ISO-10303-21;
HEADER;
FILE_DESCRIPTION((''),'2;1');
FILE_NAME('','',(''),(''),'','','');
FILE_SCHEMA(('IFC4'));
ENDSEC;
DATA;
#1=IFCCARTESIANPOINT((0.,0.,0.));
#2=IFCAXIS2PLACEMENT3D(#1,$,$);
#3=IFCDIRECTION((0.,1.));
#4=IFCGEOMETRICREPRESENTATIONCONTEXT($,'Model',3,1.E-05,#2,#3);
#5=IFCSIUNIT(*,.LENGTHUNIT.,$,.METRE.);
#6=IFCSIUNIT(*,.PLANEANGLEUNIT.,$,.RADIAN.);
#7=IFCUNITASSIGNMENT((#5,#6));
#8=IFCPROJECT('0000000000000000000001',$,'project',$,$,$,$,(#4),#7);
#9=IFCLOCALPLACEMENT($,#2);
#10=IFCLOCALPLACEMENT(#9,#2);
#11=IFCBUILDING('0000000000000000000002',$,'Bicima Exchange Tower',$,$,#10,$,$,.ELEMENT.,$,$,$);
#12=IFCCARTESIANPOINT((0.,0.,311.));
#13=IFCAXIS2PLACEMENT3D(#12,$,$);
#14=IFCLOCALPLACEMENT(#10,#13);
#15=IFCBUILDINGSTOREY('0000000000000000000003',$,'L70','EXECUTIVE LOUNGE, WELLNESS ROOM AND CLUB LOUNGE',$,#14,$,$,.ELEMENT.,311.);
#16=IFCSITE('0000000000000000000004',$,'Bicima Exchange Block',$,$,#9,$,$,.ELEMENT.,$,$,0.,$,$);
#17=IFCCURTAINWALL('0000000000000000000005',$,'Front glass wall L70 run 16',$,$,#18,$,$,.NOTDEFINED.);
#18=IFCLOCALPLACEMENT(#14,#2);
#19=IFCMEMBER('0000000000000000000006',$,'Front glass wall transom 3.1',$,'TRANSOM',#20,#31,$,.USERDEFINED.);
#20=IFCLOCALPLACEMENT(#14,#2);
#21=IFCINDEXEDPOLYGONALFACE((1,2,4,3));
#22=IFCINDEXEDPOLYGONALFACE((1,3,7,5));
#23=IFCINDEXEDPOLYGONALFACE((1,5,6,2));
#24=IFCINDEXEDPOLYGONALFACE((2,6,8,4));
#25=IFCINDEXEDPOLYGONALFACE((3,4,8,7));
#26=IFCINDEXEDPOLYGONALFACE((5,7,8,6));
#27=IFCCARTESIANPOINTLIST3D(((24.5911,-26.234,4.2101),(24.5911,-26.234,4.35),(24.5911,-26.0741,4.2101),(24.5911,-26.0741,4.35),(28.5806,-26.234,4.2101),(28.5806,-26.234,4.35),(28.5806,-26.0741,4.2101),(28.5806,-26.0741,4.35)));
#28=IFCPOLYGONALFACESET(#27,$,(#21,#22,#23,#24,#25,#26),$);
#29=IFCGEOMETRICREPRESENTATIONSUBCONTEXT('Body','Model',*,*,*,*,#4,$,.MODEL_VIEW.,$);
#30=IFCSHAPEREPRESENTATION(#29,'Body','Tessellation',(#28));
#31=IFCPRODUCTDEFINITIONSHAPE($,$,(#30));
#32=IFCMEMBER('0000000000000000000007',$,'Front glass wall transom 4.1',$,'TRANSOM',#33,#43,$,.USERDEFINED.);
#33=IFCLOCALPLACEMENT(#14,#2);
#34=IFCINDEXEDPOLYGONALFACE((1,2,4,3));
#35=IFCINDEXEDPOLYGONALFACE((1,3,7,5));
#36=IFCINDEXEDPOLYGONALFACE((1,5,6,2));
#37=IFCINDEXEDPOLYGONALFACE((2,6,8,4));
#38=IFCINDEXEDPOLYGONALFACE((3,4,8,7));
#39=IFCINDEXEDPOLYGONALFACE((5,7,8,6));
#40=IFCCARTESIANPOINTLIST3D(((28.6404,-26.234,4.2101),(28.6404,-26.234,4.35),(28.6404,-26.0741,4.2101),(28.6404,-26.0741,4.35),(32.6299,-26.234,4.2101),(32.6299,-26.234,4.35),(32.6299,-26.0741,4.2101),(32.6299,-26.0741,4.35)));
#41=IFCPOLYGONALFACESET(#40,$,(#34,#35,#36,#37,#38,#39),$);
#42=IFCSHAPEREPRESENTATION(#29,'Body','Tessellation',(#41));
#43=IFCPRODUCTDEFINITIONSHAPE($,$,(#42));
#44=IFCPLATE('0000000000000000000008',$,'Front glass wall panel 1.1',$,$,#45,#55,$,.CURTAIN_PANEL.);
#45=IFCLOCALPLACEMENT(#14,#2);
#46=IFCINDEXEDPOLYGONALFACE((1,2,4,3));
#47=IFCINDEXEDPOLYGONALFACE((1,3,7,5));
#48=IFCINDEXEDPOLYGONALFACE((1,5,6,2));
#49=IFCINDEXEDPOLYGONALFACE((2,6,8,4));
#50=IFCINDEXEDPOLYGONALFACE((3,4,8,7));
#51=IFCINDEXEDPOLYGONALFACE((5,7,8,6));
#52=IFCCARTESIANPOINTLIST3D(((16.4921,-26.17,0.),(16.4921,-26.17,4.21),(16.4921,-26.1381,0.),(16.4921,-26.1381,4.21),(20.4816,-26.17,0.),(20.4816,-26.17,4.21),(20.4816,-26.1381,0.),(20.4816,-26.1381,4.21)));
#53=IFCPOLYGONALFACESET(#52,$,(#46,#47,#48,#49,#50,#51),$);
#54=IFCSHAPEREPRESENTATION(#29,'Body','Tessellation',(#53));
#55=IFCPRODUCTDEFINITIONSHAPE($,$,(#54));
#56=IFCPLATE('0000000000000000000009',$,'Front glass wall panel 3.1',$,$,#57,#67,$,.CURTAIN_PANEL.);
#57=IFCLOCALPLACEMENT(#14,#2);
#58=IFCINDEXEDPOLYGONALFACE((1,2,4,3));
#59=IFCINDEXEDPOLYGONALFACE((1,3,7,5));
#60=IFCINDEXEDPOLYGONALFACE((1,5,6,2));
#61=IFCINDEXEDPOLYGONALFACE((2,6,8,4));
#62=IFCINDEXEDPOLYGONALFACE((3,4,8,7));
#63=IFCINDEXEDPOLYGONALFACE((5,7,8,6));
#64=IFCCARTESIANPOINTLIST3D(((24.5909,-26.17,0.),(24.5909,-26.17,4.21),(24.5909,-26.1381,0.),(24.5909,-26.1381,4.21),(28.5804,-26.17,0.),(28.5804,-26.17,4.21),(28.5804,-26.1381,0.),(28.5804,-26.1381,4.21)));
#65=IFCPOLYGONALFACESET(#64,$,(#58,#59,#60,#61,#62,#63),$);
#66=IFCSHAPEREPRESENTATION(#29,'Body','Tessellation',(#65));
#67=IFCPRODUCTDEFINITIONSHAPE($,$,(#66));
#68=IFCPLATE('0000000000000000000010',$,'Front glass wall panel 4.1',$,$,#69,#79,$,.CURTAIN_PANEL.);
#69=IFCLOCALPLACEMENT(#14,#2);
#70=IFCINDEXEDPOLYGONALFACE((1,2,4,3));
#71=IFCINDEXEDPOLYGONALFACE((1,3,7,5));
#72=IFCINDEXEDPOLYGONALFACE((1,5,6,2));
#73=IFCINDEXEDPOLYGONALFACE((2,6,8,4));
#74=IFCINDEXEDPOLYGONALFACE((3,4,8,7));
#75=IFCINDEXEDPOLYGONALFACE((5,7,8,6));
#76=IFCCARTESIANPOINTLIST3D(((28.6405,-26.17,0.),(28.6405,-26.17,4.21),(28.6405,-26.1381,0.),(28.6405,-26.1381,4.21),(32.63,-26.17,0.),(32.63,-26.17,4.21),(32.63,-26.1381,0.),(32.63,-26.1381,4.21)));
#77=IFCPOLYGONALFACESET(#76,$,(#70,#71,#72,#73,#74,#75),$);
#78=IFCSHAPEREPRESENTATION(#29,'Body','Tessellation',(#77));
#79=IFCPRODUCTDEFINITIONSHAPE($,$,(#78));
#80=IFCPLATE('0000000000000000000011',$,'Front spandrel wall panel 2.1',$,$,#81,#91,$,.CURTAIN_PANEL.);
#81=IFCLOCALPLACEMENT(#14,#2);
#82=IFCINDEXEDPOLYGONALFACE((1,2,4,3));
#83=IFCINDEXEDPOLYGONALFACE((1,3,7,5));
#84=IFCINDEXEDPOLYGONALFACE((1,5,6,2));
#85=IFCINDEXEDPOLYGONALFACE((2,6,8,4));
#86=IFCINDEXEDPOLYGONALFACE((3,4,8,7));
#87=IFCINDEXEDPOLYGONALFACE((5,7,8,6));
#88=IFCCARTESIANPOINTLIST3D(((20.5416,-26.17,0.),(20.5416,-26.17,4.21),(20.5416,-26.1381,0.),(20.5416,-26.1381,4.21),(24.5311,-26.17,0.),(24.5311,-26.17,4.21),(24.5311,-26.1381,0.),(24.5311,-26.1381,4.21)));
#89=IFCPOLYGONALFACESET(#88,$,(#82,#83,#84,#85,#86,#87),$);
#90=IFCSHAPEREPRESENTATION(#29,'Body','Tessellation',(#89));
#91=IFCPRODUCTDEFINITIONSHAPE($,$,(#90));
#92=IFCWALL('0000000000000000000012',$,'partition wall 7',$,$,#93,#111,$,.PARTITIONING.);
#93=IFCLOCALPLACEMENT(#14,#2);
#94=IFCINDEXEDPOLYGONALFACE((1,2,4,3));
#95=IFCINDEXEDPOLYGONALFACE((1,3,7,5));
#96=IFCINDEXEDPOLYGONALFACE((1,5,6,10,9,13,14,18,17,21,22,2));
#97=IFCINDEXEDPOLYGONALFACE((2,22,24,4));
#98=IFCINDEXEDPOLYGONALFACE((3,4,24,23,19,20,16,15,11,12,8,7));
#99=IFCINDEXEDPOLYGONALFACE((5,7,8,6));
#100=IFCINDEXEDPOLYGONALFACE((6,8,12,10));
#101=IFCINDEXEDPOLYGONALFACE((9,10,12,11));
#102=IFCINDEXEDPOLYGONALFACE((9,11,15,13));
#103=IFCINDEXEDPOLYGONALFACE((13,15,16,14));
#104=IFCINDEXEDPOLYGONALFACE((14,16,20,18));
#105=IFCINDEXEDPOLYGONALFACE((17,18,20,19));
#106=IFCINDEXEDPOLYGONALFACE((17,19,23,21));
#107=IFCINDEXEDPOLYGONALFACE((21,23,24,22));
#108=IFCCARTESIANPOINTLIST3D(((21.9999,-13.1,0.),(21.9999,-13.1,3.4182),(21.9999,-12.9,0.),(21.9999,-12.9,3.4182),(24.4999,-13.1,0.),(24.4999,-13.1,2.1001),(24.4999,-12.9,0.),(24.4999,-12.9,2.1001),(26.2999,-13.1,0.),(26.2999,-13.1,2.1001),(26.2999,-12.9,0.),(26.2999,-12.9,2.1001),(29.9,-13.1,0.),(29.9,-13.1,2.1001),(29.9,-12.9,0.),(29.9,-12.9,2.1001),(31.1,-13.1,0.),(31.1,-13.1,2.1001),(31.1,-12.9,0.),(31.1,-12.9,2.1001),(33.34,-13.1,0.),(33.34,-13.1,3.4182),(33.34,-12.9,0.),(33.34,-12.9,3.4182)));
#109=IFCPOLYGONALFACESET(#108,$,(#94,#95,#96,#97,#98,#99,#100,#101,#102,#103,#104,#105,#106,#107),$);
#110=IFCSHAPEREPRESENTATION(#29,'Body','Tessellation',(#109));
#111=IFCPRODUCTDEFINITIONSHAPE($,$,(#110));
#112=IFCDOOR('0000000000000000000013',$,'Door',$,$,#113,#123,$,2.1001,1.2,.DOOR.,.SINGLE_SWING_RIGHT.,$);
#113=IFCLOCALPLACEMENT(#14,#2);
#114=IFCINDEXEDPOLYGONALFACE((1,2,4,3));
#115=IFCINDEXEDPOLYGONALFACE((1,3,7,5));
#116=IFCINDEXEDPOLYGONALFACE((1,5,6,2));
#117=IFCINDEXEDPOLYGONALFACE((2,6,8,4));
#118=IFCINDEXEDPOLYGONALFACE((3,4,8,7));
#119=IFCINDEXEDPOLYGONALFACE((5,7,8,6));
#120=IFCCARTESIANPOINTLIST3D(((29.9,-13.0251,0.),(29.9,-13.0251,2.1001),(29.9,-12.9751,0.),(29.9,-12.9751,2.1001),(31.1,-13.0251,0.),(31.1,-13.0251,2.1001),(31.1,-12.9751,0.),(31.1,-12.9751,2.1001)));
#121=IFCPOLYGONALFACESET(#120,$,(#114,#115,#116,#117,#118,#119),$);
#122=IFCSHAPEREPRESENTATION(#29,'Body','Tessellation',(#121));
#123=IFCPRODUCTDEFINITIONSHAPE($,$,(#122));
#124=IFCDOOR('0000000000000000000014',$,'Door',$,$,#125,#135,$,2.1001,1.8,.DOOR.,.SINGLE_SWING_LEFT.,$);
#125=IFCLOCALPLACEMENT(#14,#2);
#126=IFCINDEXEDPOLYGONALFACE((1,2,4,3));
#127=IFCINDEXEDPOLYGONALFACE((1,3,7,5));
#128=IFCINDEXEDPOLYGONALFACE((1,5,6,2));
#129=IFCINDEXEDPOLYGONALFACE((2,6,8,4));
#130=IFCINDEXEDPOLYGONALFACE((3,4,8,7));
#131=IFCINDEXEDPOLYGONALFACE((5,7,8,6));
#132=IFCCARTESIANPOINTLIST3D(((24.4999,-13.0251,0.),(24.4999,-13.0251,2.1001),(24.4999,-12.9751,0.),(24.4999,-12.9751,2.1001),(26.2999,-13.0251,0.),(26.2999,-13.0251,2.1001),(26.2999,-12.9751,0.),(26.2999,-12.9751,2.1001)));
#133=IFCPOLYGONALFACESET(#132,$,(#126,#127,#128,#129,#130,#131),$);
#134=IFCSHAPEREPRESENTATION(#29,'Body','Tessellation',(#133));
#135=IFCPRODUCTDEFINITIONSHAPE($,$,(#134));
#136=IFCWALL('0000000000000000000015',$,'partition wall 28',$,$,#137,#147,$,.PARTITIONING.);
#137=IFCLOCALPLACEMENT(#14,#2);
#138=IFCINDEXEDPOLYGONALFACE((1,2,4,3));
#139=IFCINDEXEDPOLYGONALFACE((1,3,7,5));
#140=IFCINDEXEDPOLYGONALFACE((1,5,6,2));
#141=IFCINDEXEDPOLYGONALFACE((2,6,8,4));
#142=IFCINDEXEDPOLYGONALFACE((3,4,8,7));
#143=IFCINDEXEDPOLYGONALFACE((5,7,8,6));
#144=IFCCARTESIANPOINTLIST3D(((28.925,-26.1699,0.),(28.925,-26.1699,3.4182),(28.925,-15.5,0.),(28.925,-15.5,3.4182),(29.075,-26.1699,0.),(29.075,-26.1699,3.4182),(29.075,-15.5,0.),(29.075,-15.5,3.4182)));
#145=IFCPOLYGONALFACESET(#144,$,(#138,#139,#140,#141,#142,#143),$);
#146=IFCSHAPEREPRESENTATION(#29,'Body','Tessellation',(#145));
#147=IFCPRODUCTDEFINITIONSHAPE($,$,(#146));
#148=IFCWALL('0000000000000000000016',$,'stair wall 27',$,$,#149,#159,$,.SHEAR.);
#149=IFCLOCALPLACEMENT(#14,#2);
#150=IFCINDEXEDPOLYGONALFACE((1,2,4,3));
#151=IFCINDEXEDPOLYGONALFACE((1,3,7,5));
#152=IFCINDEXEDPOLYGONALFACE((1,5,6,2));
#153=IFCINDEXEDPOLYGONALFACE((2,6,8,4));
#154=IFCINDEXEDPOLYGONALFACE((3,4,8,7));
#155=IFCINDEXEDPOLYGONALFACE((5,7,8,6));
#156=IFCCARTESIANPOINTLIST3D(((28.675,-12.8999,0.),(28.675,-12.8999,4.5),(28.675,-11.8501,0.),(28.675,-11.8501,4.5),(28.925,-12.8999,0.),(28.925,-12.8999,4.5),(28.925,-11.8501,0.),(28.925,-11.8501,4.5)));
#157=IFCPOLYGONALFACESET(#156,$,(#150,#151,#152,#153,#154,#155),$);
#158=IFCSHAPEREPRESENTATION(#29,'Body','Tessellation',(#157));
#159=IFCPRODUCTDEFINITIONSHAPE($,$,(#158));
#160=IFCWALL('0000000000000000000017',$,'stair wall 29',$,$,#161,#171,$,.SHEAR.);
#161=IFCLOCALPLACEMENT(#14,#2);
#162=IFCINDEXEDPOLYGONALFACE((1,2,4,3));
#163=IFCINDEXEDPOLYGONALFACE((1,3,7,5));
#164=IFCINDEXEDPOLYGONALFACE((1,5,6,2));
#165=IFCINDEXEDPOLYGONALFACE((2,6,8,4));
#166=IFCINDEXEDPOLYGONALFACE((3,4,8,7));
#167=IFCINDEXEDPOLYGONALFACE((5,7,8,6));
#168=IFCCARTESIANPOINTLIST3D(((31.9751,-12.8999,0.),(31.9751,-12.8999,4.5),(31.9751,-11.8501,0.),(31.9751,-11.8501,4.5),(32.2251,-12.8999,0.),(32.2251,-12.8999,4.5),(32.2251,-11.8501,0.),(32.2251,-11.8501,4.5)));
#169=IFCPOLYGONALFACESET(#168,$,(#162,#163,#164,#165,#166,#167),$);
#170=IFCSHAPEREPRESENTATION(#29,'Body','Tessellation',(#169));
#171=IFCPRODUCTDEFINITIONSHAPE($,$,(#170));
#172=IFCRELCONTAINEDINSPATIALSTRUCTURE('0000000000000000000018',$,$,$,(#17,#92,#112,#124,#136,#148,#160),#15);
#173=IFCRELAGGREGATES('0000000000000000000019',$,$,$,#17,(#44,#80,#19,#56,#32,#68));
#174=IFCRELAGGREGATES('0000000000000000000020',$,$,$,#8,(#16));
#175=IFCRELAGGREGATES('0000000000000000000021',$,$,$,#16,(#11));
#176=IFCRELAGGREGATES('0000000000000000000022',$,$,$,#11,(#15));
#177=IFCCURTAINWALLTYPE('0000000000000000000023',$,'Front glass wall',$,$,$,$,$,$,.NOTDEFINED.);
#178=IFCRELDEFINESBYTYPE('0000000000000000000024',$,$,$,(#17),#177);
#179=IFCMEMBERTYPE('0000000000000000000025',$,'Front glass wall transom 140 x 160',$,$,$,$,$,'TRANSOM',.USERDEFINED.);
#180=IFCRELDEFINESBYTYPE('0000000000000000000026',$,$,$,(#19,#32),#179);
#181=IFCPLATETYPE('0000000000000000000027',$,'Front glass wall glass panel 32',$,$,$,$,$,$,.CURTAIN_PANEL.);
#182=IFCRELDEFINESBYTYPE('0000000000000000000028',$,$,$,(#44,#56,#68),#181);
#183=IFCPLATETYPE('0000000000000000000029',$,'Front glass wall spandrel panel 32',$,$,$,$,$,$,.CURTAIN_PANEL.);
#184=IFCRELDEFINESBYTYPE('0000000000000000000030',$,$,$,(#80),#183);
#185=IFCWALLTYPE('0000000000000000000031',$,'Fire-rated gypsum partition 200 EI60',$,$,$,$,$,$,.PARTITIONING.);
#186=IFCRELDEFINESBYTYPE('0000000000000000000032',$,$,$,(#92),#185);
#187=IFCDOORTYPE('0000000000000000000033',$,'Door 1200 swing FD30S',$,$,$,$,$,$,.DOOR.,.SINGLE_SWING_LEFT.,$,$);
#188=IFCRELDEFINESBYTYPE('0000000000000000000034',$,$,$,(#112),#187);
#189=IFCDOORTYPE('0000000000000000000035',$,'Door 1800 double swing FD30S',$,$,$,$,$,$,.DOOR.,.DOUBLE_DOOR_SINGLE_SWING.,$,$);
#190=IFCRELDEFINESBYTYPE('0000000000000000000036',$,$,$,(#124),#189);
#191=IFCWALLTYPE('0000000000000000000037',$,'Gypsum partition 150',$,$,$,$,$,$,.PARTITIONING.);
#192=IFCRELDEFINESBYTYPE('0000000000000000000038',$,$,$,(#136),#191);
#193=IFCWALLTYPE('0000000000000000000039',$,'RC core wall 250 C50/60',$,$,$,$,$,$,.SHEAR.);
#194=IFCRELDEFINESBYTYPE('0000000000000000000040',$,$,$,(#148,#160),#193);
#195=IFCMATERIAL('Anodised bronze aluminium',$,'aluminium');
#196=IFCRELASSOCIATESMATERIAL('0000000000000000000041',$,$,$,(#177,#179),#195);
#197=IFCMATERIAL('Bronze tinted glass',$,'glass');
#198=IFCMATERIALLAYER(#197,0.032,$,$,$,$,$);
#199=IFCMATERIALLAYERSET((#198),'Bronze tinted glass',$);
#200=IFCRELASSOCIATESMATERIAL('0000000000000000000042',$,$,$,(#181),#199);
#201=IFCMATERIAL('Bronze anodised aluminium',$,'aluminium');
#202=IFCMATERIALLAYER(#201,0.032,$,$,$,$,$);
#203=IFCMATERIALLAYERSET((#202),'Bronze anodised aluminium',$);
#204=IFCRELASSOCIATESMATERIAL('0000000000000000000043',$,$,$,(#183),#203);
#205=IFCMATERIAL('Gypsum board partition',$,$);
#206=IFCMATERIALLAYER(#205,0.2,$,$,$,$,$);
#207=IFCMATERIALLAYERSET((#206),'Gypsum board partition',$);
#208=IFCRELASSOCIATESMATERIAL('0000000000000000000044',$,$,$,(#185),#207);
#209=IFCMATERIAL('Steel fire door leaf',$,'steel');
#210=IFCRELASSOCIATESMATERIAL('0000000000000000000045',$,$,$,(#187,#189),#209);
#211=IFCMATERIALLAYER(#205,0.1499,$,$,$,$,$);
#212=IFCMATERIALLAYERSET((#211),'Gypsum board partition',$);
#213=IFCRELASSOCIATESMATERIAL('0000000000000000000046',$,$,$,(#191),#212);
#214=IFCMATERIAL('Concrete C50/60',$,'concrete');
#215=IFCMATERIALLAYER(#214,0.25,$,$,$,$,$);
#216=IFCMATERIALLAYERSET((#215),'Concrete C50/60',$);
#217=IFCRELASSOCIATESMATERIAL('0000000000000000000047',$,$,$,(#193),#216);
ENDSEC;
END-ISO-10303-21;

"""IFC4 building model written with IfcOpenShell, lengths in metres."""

from ifc_helpers import new_model, si_unit, direction, frame, frame_2d, origin, origin_2d, place, context, subcontext, project, spatial, rectangle, extrude, material, layer, layer_set, material_profile, profile_set, type_object, element, fill, aggregate, save


model = new_model("IFC4")

# Units and contexts
model_context = context("Model", 3, precision=1e-05, world=origin(), true_north=direction((0.0, 1.0)))
body_context = subcontext(model_context, "Body", "Model", "MODEL_VIEW")
ifc_project = project(units=[si_unit("LENGTHUNIT", "METRE"), si_unit("PLANEANGLEUNIT", "RADIAN")], contexts=[model_context])

# Site, building, storey
site_placement = place(None, origin())
site = spatial("IfcSite", under=ifc_project, at=site_placement, Name="Bicima Exchange Block", CompositionType="ELEMENT", RefElevation=0.0)
building_placement = place(site_placement, origin())
building = spatial("IfcBuilding", under=site, at=building_placement, Name="Bicima Exchange Tower", CompositionType="ELEMENT")
storey_placement = place(building_placement, frame((0.0, 0.0, 311.0)))
storey = spatial("IfcBuildingStorey", under=building, at=storey_placement, Name="L70", Description="EXECUTIVE LOUNGE, WELLNESS ROOM AND CLUB LOUNGE", CompositionType="ELEMENT", Elevation=311.0)

# Curtain wall, members, plates
ifc_material_1 = material(Name="Anodised bronze aluminium", Category="aluminium")
curtain_wall_type = type_object("IfcCurtainWallType", Name="Front glass wall", PredefinedType="NOTDEFINED", material=ifc_material_1)
curtain_wall_placement = place(storey_placement, origin())
curtain_wall = element("IfcCurtainWall", 1, at=curtain_wall_placement, inside=storey, type_object=curtain_wall_type, Name="Front glass wall L70 run 16", PredefinedType="NOTDEFINED")
ifc_material_profile_1 = material_profile(ifc_material_1, rectangle(XDim=0.1599, YDim=0.1399, at=origin_2d()))
ifc_profile_set_1 = profile_set([ifc_material_profile_1], Name="Anodised bronze aluminium")
member_type_1 = type_object("IfcMemberType", Name="Front glass wall transom 140 x 160", ElementType="TRANSOM", PredefinedType="USERDEFINED", material=ifc_profile_set_1)
member_1_placement = place(storey_placement, frame((24.5911, -26.1541, 4.28), z_axis=(1.0, 0.0, 0.0), x_axis=(0.0, 1.0, 0.0)))
member_1 = element("IfcMember", 2, at=member_1_placement, type_object=member_type_1, Name="Front glass wall transom 3.1", ObjectType="TRANSOM", PredefinedType="USERDEFINED", context=body_context, shape_type="SweptSolid", body=[
    extrude(rectangle(XDim=0.1599, YDim=0.1399, at=origin_2d()), origin(), (0.0, 0.0, 1.0), 3.9895),
])
member_2_placement = place(storey_placement, frame((28.6404, -26.1541, 4.28), z_axis=(1.0, 0.0, 0.0), x_axis=(0.0, 1.0, 0.0)))
member_2 = element("IfcMember", 3, at=member_2_placement, type_object=member_type_1, Name="Front glass wall transom 4.1", ObjectType="TRANSOM", PredefinedType="USERDEFINED", context=body_context, shape_type="SweptSolid", body=[
    extrude(rectangle(XDim=0.1599, YDim=0.1399, at=origin_2d()), origin(), (0.0, 0.0, 1.0), 3.9895),
])
ifc_material_2 = material(Name="Bronze tinted glass", Category="glass")
ifc_layer_1 = layer(ifc_material_2, 0.032)
ifc_layer_set_1 = layer_set([ifc_layer_1], Name="Bronze tinted glass")
plate_type_1 = type_object("IfcPlateType", Name="Front glass wall glass panel 32", PredefinedType="CURTAIN_PANEL", material=ifc_layer_set_1)
plate_1_placement = place(storey_placement, frame((18.4868, -26.1541, 0.0), z_axis=(0.0, 0.0, 1.0), x_axis=(1.0, 0.0, 0.0)))
plate_1 = element("IfcPlate", 4, at=plate_1_placement, type_object=plate_type_1, Name="Front glass wall panel 1.1", PredefinedType="CURTAIN_PANEL", context=body_context, shape_type="SweptSolid", body=[
    extrude(rectangle(XDim=3.9895, YDim=0.032, at=origin_2d()), origin(), (0.0, 0.0, 1.0), 4.21),
])
plate_2_placement = place(storey_placement, frame((26.5857, -26.1541, 0.0), z_axis=(0.0, 0.0, 1.0), x_axis=(1.0, 0.0, 0.0)))
plate_2 = element("IfcPlate", 5, at=plate_2_placement, type_object=plate_type_1, Name="Front glass wall panel 3.1", PredefinedType="CURTAIN_PANEL", context=body_context, shape_type="SweptSolid", body=[
    extrude(rectangle(XDim=3.9895, YDim=0.032, at=origin_2d()), origin(), (0.0, 0.0, 1.0), 4.21),
])
plate_3_placement = place(storey_placement, frame((30.6353, -26.1541, 0.0), z_axis=(0.0, 0.0, 1.0), x_axis=(1.0, 0.0, 0.0)))
plate_3 = element("IfcPlate", 6, at=plate_3_placement, type_object=plate_type_1, Name="Front glass wall panel 4.1", PredefinedType="CURTAIN_PANEL", context=body_context, shape_type="SweptSolid", body=[
    extrude(rectangle(XDim=3.9895, YDim=0.032, at=origin_2d()), origin(), (0.0, 0.0, 1.0), 4.21),
])
ifc_material_3 = material(Name="Bronze anodised aluminium", Category="aluminium")
ifc_layer_2 = layer(ifc_material_3, 0.032)
ifc_layer_set_2 = layer_set([ifc_layer_2], Name="Bronze anodised aluminium")
plate_type_2 = type_object("IfcPlateType", Name="Front glass wall spandrel panel 32", PredefinedType="CURTAIN_PANEL", material=ifc_layer_set_2)
plate_4_placement = place(storey_placement, frame((22.5364, -26.1541, 0.0), z_axis=(0.0, 0.0, 1.0), x_axis=(1.0, 0.0, 0.0)))
plate_4 = element("IfcPlate", 7, at=plate_4_placement, type_object=plate_type_2, Name="Front spandrel wall panel 2.1", PredefinedType="CURTAIN_PANEL", context=body_context, shape_type="SweptSolid", body=[
    extrude(rectangle(XDim=3.9895, YDim=0.032, at=origin_2d()), origin(), (0.0, 0.0, 1.0), 4.21),
])
aggregate(curtain_wall, [plate_1, plate_4, member_1, plate_2, member_2, plate_3])

# Wall, openings, doors
ifc_material_4 = material(Name="Gypsum board partition")
ifc_layer_3 = layer(ifc_material_4, 0.2)
ifc_layer_set_3 = layer_set([ifc_layer_3], Name="Gypsum board partition")
wall_type_1 = type_object("IfcWallType", Name="Fire-rated gypsum partition 200 EI60", PredefinedType="PARTITIONING", material=ifc_layer_set_3)
wall_1_placement = place(storey_placement, frame((22.0, -13.0, 0.0), z_axis=(0.0, 0.0, 1.0), x_axis=(1.0, 0.0, 0.0)))
wall_1 = element("IfcWall", 8, at=wall_1_placement, inside=storey, type_object=wall_type_1, Name="partition wall 7", PredefinedType="PARTITIONING", context=body_context, shape_type="SweptSolid", body=[
    extrude(rectangle(XDim=11.3401, YDim=0.2, at=frame_2d((5.6699, 0.0))), origin(), (0.0, 0.0, 1.0), 3.4182),
])
opening_1_placement = place(wall_1_placement, frame((7.8999, 0.0, 0.0)))
opening_1 = element("IfcOpeningElement", 9, at=opening_1_placement, cuts=wall_1, PredefinedType="OPENING", context=body_context, shape_type="SweptSolid", body=[
    extrude(rectangle(XDim=1.2, YDim=2.1001, at=frame_2d((0.6001, 1.05))), frame((0.0, 0.1118, 0.0), z_axis=(0.0, -1.0, 0.0), x_axis=(1.0, 0.0, 0.0)), (0.0, 0.0, 1.0), 0.2239),
])
opening_2_placement = place(wall_1_placement, frame((2.5, 0.0, 0.0)))
opening_2 = element("IfcOpeningElement", 10, at=opening_2_placement, cuts=wall_1, PredefinedType="OPENING", context=body_context, shape_type="SweptSolid", body=[
    extrude(rectangle(XDim=1.8, YDim=2.1001, at=frame_2d((0.8999, 1.05))), frame((0.0, 0.1118, 0.0), z_axis=(0.0, -1.0, 0.0), x_axis=(1.0, 0.0, 0.0)), (0.0, 0.0, 1.0), 0.2239),
])
ifc_material_5 = material(Name="Steel fire door leaf", Category="steel")
door_type_1 = type_object("IfcDoorType", Name="Door 1200 swing FD30S", OperationType="SINGLE_SWING_LEFT", PredefinedType="DOOR", material=ifc_material_5)
door_1_placement = place(opening_1_placement, origin())
door_1 = element("IfcDoor", 11, at=door_1_placement, inside=storey, type_object=door_type_1, Name="Door", OperationType="SINGLE_SWING_RIGHT", OverallHeight=2.1001, OverallWidth=1.2, PredefinedType="DOOR", context=body_context, shape_type="SweptSolid", body=[
    extrude(rectangle(XDim=1.2, YDim=2.1001, at=frame_2d((0.6001, 1.05))), frame((0.0, 0.0249, 0.0), z_axis=(0.0, -1.0, 0.0), x_axis=(1.0, 0.0, 0.0)), (0.0, 0.0, 1.0), 0.05),
])
fill(opening_1, door_1)
door_type_2 = type_object("IfcDoorType", Name="Door 1800 double swing FD30S", OperationType="DOUBLE_DOOR_SINGLE_SWING", PredefinedType="DOOR", material=ifc_material_5)
door_2_placement = place(opening_2_placement, origin())
door_2 = element("IfcDoor", 12, at=door_2_placement, inside=storey, type_object=door_type_2, Name="Door", OperationType="SINGLE_SWING_LEFT", OverallHeight=2.1001, OverallWidth=1.8, PredefinedType="DOOR", context=body_context, shape_type="SweptSolid", body=[
    extrude(rectangle(XDim=1.8, YDim=2.1001, at=frame_2d((0.8999, 1.05))), frame((0.0, 0.0249, 0.0), z_axis=(0.0, -1.0, 0.0), x_axis=(1.0, 0.0, 0.0)), (0.0, 0.0, 1.0), 0.05),
])
fill(opening_2, door_2)

# Walls
ifc_layer_4 = layer(ifc_material_4, 0.1499)
ifc_layer_set_4 = layer_set([ifc_layer_4], Name="Gypsum board partition")
wall_type_2 = type_object("IfcWallType", Name="Gypsum partition 150", PredefinedType="PARTITIONING", material=ifc_layer_set_4)
wall_2_placement = place(storey_placement, frame((29.0, -26.1699, 0.0), z_axis=(0.0, 0.0, 1.0), x_axis=(0.0, 1.0, 0.0)))
element("IfcWall", 13, at=wall_2_placement, inside=storey, type_object=wall_type_2, Name="partition wall 28", PredefinedType="PARTITIONING", context=body_context, shape_type="SweptSolid", body=[
    extrude(rectangle(XDim=10.6699, YDim=0.1499, at=frame_2d((5.335, 0.0))), origin(), (0.0, 0.0, 1.0), 3.4182),
])
ifc_material_6 = material(Name="Concrete C50/60", Category="concrete")
ifc_layer_5 = layer(ifc_material_6, 0.25)
ifc_layer_set_5 = layer_set([ifc_layer_5], Name="Concrete C50/60")
wall_type_3 = type_object("IfcWallType", Name="RC core wall 250 C50/60", PredefinedType="SHEAR", material=ifc_layer_set_5)
for number, where, z_axis, x_axis, name in (
    (14, (28.8, -12.8999, 0.0), (0.0, 0.0, 1.0), (0.0, 1.0, 0.0), "stair wall 27"),
    (15, (32.1001, -12.8999, 0.0), (0.0, 0.0, 1.0), (0.0, 1.0, 0.0), "stair wall 29"),
):
    element("IfcWall", number, at=place(storey_placement, frame(where, z_axis=z_axis, x_axis=x_axis)), inside=storey, type_object=wall_type_3, Name=name, PredefinedType="SHEAR", context=body_context, shape_type="SweptSolid", body=[
        extrude(rectangle(XDim=1.0498, YDim=0.25, at=frame_2d((0.5249, 0.0))), origin(), (0.0, 0.0, 1.0), 4.5),
    ])

save(model, "model.ifc")
